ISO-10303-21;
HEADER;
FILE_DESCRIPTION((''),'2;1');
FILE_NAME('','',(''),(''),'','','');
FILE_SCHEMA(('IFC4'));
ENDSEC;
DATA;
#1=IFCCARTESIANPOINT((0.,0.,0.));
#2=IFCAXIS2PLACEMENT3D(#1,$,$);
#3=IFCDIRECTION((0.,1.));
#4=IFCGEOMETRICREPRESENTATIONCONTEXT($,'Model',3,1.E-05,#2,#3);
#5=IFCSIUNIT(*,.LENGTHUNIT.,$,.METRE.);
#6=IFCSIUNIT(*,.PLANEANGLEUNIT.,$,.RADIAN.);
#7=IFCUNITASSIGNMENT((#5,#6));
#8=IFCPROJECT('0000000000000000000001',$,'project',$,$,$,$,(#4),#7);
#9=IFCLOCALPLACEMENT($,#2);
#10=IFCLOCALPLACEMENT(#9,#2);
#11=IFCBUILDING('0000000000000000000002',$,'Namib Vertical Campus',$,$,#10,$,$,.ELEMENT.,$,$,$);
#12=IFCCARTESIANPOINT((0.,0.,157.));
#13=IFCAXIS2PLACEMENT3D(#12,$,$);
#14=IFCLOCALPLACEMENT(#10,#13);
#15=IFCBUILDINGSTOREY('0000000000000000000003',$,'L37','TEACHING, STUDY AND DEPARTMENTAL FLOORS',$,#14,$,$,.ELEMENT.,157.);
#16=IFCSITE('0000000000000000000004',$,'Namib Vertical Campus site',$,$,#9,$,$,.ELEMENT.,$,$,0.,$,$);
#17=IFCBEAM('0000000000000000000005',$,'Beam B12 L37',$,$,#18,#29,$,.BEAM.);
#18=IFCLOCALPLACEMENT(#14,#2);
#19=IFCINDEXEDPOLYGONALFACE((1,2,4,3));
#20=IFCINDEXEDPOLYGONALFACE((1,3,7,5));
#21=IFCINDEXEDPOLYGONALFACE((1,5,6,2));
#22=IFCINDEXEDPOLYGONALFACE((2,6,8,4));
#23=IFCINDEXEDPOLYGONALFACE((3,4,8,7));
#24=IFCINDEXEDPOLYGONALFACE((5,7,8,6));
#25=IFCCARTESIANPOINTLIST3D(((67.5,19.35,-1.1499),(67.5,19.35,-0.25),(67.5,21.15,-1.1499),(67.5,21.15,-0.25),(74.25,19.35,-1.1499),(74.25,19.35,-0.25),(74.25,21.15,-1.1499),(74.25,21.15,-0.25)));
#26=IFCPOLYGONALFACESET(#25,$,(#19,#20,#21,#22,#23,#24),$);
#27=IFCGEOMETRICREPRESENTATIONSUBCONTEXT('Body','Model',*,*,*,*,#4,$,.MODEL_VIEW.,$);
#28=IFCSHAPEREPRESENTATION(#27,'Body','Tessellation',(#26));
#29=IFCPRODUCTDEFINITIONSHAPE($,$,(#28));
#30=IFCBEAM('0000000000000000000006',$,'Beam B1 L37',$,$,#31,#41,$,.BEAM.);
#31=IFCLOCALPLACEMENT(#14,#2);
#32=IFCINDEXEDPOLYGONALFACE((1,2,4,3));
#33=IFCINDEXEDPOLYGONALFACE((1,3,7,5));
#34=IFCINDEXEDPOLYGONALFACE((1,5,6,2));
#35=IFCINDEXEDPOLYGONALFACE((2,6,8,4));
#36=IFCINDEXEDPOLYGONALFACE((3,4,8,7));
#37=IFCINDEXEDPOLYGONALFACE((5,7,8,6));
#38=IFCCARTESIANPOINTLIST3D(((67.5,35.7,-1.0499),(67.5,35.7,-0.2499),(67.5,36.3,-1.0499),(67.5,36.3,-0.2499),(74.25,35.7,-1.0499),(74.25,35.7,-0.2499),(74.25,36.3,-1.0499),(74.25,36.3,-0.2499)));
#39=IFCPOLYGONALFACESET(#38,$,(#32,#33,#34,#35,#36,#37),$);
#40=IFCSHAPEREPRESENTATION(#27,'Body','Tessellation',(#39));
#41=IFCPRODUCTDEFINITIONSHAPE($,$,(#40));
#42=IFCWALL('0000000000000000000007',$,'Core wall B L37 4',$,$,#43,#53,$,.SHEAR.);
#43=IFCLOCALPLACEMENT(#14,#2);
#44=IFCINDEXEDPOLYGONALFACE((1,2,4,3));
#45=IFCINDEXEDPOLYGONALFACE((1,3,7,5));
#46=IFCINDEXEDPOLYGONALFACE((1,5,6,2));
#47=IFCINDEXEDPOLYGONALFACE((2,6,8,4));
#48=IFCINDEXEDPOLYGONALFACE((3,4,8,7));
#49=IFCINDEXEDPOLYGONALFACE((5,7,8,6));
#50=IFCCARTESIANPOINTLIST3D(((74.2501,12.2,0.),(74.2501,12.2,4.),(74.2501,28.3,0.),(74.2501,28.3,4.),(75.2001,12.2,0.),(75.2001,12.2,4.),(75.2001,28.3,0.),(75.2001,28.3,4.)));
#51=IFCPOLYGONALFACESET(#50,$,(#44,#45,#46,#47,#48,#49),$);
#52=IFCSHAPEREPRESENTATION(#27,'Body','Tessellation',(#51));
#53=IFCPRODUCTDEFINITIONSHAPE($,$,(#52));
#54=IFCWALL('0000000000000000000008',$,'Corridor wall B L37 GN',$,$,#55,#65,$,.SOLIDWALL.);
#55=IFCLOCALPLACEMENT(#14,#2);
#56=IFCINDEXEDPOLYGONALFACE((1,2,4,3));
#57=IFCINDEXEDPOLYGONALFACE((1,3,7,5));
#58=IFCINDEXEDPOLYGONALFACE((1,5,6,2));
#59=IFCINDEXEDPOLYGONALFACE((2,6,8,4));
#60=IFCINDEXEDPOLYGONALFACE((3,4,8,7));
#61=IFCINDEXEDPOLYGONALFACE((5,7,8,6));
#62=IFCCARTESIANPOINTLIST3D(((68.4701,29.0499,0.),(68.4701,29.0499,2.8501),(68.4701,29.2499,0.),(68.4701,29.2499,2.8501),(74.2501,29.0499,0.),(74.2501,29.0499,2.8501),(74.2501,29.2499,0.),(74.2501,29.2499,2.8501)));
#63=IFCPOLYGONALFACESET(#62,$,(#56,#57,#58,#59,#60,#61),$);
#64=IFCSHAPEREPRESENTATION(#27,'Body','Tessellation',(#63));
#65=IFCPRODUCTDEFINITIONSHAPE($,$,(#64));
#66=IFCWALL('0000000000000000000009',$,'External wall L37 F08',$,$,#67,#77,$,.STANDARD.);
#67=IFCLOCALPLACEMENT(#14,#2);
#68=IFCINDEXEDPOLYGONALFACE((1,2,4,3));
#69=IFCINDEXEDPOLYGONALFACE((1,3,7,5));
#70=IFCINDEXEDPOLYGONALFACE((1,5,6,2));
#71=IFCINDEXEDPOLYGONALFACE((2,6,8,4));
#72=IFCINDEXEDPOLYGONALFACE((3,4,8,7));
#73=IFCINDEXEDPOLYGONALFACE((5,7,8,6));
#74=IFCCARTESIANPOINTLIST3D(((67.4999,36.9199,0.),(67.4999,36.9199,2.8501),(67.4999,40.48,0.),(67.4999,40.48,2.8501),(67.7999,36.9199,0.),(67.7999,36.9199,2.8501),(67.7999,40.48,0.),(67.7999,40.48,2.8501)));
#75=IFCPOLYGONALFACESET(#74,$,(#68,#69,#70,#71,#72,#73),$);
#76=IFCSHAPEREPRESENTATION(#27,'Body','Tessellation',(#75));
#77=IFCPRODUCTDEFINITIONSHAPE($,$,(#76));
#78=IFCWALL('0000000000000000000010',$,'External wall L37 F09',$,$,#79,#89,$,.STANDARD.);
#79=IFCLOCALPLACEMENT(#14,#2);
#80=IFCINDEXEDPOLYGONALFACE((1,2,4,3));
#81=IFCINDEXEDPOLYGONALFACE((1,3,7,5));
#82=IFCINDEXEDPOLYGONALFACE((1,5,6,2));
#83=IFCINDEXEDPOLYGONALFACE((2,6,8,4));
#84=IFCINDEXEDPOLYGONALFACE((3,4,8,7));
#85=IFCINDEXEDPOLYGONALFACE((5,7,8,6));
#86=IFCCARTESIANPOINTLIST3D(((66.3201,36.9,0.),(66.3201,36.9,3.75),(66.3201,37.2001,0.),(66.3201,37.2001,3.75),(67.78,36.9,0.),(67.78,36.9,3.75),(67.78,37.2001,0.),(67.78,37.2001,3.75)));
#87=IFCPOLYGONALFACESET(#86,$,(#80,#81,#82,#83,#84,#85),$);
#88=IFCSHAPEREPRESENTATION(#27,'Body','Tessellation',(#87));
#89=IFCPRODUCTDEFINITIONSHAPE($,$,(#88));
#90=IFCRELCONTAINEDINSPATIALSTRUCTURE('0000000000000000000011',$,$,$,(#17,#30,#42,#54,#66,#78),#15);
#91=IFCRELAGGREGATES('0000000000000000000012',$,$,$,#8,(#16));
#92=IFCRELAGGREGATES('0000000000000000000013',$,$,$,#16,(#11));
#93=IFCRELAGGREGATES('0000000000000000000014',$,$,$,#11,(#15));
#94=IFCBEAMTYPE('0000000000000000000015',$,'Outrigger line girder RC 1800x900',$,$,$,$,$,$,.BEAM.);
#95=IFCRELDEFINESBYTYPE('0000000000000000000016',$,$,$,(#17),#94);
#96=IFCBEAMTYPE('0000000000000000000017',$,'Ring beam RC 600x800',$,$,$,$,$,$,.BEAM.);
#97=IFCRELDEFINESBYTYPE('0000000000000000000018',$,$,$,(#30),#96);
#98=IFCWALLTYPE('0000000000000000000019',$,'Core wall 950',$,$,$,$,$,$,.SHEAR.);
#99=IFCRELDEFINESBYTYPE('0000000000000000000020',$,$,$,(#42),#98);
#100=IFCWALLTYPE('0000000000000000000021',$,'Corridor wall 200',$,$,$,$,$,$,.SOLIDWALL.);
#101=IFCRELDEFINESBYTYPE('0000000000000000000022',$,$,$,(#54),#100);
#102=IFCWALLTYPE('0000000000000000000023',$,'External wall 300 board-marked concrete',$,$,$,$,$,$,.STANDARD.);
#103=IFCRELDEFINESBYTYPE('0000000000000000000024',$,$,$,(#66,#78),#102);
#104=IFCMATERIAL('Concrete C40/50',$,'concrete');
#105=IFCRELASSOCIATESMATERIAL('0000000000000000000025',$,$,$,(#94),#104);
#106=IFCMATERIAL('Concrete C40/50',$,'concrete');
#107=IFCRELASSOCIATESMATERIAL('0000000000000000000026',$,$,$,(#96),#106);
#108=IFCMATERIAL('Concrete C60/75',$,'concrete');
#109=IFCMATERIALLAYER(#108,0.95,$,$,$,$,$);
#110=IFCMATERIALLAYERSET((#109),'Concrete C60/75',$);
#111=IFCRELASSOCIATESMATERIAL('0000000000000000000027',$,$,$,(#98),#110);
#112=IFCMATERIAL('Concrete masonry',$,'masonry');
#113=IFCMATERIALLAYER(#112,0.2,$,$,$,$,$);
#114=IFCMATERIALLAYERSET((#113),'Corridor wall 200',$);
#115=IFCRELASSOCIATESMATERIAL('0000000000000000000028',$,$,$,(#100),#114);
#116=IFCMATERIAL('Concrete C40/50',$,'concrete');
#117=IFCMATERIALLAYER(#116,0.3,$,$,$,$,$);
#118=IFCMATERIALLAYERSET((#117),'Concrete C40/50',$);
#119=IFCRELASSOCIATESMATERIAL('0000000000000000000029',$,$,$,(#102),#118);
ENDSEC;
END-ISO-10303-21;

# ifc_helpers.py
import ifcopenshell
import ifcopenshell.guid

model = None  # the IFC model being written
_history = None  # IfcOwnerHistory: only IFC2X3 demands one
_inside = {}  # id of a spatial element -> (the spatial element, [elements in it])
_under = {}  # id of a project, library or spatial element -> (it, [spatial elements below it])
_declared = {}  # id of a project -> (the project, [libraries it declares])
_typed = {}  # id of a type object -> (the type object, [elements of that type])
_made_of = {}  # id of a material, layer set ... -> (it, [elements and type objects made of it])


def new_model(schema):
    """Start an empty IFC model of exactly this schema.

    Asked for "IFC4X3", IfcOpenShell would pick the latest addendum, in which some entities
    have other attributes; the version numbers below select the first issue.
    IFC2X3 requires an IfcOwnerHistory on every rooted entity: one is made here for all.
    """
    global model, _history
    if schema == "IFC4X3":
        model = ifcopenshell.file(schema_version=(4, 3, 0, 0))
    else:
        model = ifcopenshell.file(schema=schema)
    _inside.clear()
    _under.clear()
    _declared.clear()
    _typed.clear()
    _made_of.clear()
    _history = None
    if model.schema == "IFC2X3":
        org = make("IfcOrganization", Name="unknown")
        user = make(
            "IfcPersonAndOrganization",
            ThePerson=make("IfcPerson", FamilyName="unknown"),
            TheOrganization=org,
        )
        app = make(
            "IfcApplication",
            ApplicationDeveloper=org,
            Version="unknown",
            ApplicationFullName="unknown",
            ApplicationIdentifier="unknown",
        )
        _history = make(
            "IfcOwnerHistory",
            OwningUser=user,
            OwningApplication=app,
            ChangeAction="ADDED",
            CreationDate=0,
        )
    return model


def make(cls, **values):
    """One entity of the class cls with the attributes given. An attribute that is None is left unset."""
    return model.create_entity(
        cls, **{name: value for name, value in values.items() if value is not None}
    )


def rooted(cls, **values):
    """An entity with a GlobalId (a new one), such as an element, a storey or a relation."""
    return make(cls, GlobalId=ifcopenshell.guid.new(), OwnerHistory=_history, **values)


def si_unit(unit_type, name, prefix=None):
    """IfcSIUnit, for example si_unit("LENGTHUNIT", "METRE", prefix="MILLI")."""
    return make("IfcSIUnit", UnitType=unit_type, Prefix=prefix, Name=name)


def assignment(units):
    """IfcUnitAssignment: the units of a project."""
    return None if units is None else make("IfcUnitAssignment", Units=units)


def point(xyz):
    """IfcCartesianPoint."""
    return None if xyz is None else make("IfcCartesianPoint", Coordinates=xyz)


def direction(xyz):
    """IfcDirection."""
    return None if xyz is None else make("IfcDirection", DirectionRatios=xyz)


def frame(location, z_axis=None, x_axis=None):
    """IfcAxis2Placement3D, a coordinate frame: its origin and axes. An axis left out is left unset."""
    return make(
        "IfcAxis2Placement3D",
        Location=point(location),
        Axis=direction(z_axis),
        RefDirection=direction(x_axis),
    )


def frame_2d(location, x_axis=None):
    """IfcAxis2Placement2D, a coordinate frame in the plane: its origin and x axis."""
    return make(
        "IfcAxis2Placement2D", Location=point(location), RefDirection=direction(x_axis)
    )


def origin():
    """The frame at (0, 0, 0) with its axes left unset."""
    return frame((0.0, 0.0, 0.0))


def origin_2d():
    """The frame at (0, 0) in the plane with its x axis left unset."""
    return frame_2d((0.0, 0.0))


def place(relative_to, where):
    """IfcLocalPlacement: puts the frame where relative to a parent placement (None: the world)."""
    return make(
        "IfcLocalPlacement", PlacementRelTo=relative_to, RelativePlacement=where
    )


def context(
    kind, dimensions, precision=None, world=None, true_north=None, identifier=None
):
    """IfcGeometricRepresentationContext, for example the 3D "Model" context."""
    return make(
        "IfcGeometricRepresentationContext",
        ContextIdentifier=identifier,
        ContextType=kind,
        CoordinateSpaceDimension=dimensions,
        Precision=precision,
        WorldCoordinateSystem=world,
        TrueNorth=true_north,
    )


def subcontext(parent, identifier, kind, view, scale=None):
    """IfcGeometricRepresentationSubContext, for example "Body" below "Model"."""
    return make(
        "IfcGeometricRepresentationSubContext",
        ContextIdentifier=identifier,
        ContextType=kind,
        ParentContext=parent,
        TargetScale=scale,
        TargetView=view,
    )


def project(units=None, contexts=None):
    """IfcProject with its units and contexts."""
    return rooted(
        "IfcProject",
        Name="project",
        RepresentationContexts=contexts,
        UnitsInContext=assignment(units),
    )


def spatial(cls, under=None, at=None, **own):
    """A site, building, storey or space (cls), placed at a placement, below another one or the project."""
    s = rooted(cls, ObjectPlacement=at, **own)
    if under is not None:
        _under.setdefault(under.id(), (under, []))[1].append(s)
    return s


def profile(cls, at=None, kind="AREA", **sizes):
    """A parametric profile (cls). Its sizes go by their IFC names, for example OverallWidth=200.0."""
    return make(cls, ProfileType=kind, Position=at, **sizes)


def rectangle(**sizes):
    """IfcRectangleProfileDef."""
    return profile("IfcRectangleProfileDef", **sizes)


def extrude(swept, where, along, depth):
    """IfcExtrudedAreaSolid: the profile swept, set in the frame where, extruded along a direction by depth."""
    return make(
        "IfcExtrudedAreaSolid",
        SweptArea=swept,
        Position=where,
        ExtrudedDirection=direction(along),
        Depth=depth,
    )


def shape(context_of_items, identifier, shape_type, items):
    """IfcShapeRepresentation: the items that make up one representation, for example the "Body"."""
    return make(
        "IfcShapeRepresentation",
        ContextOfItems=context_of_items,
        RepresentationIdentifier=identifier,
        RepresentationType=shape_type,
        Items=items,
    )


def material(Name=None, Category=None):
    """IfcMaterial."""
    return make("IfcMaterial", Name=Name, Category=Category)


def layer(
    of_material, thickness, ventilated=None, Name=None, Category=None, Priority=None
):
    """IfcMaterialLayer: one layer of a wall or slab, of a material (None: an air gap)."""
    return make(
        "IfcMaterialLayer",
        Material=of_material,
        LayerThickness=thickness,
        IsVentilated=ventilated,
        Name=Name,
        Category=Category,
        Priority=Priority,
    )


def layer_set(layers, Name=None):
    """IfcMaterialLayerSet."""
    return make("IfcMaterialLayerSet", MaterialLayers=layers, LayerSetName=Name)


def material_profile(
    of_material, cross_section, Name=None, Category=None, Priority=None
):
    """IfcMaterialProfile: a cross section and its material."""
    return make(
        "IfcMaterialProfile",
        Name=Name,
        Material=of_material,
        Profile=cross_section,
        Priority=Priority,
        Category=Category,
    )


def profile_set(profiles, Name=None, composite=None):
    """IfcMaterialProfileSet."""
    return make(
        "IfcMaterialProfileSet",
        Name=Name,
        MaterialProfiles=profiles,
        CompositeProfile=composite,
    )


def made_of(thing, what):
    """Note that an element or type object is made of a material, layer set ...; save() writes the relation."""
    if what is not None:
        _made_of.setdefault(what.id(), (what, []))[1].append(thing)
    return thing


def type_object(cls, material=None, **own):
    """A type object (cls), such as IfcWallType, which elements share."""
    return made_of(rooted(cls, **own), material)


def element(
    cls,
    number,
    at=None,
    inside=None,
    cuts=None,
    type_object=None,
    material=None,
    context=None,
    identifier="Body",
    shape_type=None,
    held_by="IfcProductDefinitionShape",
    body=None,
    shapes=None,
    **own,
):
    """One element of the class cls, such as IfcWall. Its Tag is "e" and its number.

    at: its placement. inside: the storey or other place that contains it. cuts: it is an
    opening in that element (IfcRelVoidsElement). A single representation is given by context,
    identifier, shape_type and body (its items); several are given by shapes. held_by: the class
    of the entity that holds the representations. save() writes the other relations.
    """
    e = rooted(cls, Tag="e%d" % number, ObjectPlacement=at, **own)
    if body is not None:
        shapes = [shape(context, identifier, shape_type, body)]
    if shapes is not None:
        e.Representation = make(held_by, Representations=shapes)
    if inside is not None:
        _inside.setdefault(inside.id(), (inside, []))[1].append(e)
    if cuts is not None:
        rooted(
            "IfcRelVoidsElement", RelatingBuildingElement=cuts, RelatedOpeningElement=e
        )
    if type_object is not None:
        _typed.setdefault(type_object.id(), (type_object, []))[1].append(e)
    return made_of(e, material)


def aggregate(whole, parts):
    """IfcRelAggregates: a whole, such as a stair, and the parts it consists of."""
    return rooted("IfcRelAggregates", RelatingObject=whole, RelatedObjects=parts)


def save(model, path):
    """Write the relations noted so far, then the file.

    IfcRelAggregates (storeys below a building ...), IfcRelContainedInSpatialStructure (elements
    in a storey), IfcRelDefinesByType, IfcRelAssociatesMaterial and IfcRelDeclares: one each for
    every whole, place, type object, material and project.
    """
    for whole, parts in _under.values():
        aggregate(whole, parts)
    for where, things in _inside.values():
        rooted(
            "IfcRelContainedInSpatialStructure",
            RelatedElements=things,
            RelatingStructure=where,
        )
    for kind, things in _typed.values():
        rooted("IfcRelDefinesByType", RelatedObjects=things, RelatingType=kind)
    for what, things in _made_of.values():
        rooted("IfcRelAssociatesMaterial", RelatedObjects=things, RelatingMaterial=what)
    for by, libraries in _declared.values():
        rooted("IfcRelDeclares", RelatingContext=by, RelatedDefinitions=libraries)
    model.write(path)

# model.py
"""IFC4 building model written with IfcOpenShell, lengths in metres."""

from ifc_helpers import new_model, si_unit, direction, frame, frame_2d, origin, origin_2d, place, context, subcontext, project, spatial, rectangle, extrude, material, layer, layer_set, material_profile, profile_set, type_object, element, save


model = new_model("IFC4")

# Units and contexts
model_context = context("Model", 3, precision=1e-05, world=origin(), true_north=direction((0.0, 1.0)))
body_context = subcontext(model_context, "Body", "Model", "MODEL_VIEW")
ifc_project = project(units=[si_unit("LENGTHUNIT", "METRE"), si_unit("PLANEANGLEUNIT", "RADIAN")], contexts=[model_context])

# Site, building, storey
site_placement = place(None, origin())
site = spatial("IfcSite", under=ifc_project, at=site_placement, Name="Namib Vertical Campus site", CompositionType="ELEMENT", RefElevation=0.0)
building_placement = place(site_placement, origin())
building = spatial("IfcBuilding", under=site, at=building_placement, Name="Namib Vertical Campus", CompositionType="ELEMENT")
storey_placement = place(building_placement, frame((0.0, 0.0, 157.0)))
storey = spatial("IfcBuildingStorey", under=building, at=storey_placement, Name="L37", Description="TEACHING, STUDY AND DEPARTMENTAL FLOORS", CompositionType="ELEMENT", Elevation=157.0)

# Beams
ifc_material_1 = material(Name="Concrete C40/50", Category="concrete")
ifc_material_profile_1 = material_profile(ifc_material_1, rectangle(XDim=1.8, YDim=0.8999, at=origin_2d()))
ifc_profile_set_1 = profile_set([ifc_material_profile_1], Name="Concrete C40/50")
beam_type_1 = type_object("IfcBeamType", Name="Outrigger line girder RC 1800x900", PredefinedType="BEAM", material=ifc_profile_set_1)
for number, where, z_axis, x_axis, name in (
    (1, (67.5, 20.25, -0.7), (1.0, 0.0, 0.0), (0.0, 1.0, 0.0), "Beam B12 L37"),
):
    element("IfcBeam", number, at=place(storey_placement, frame(where, z_axis=z_axis, x_axis=x_axis)), inside=storey, type_object=beam_type_1, Name=name, PredefinedType="BEAM", context=body_context, shape_type="SweptSolid", body=[
        extrude(rectangle(XDim=1.8, YDim=0.8999, at=origin_2d()), origin(), (0.0, 0.0, 1.0), 6.75),
    ])
ifc_material_2 = material(Name="Concrete C40/50", Category="concrete")
ifc_material_profile_2 = material_profile(ifc_material_2, rectangle(XDim=0.6001, YDim=0.8, at=origin_2d()))
ifc_profile_set_2 = profile_set([ifc_material_profile_2], Name="Concrete C40/50")
beam_type_2 = type_object("IfcBeamType", Name="Ring beam RC 600x800", PredefinedType="BEAM", material=ifc_profile_set_2)
beam_1_placement = place(storey_placement, frame((67.5, 36.0, -0.6499), z_axis=(1.0, 0.0, 0.0), x_axis=(0.0, 1.0, 0.0)))
element("IfcBeam", 2, at=beam_1_placement, inside=storey, type_object=beam_type_2, Name="Beam B1 L37", PredefinedType="BEAM", context=body_context, shape_type="SweptSolid", body=[
    extrude(rectangle(XDim=0.6001, YDim=0.8, at=origin_2d()), origin(), (0.0, 0.0, 1.0), 6.75),
])

# Walls
ifc_material_3 = material(Name="Concrete C60/75", Category="concrete")
ifc_layer_1 = layer(ifc_material_3, 0.95)
ifc_layer_set_1 = layer_set([ifc_layer_1], Name="Concrete C60/75")
wall_type_1 = type_object("IfcWallType", Name="Core wall 950", PredefinedType="SHEAR", material=ifc_layer_set_1)
wall_1_placement = place(storey_placement, frame((74.7251, 28.3, 0.0), z_axis=(0.0, 0.0, 1.0), x_axis=(0.0, -1.0, 0.0)))
element("IfcWall", 3, at=wall_1_placement, inside=storey, type_object=wall_type_1, Name="Core wall B L37 4", PredefinedType="SHEAR", context=body_context, shape_type="SweptSolid", body=[
    extrude(rectangle(XDim=16.1001, YDim=0.95, at=frame_2d((8.05, 0.0))), origin(), (0.0, 0.0, 1.0), 4.0),
])
ifc_material_4 = material(Name="Concrete masonry", Category="masonry")
ifc_layer_2 = layer(ifc_material_4, 0.2)
ifc_layer_set_2 = layer_set([ifc_layer_2], Name="Corridor wall 200")
wall_type_2 = type_object("IfcWallType", Name="Corridor wall 200", PredefinedType="SOLIDWALL", material=ifc_layer_set_2)
wall_2_placement = place(storey_placement, frame((68.47, 29.1499, 0.0), z_axis=(0.0, 0.0, 1.0), x_axis=(1.0, 0.0, 0.0)))
element("IfcWall", 4, at=wall_2_placement, inside=storey, type_object=wall_type_2, Name="Corridor wall B L37 GN", PredefinedType="SOLIDWALL", context=body_context, shape_type="SweptSolid", body=[
    extrude(rectangle(XDim=5.78, YDim=0.2, at=frame_2d((2.8901, 0.0))), origin(), (0.0, 0.0, 1.0), 2.8501),
])
ifc_material_5 = material(Name="Concrete C40/50", Category="concrete")
ifc_layer_3 = layer(ifc_material_5, 0.3)
ifc_layer_set_3 = layer_set([ifc_layer_3], Name="Concrete C40/50")
wall_type_3 = type_object("IfcWallType", Name="External wall 300 board-marked concrete", PredefinedType="STANDARD", material=ifc_layer_set_3)
wall_3_placement = place(storey_placement, frame((67.6499, 40.48, 0.0), z_axis=(0.0, 0.0, 1.0), x_axis=(0.0, -1.0, 0.0)))
element("IfcWall", 5, at=wall_3_placement, inside=storey, type_object=wall_type_3, Name="External wall L37 F08", PredefinedType="STANDARD", context=body_context, shape_type="SweptSolid", body=[
    extrude(rectangle(XDim=3.5601, YDim=0.3, at=frame_2d((1.78, 0.0))), origin(), (0.0, 0.0, 1.0), 2.8501),
])
wall_4_placement = place(storey_placement, frame((67.78, 37.05, 0.0), z_axis=(0.0, 0.0, 1.0), x_axis=(-1.0, 0.0, 0.0)))
element("IfcWall", 6, at=wall_4_placement, inside=storey, type_object=wall_type_3, Name="External wall L37 F09", PredefinedType="STANDARD", context=body_context, shape_type="SweptSolid", body=[
    extrude(rectangle(XDim=1.46, YDim=0.3, at=frame_2d((0.73, 0.0))), origin(), (0.0, 0.0, 1.0), 3.75),
])

save(model, "model.ifc")
